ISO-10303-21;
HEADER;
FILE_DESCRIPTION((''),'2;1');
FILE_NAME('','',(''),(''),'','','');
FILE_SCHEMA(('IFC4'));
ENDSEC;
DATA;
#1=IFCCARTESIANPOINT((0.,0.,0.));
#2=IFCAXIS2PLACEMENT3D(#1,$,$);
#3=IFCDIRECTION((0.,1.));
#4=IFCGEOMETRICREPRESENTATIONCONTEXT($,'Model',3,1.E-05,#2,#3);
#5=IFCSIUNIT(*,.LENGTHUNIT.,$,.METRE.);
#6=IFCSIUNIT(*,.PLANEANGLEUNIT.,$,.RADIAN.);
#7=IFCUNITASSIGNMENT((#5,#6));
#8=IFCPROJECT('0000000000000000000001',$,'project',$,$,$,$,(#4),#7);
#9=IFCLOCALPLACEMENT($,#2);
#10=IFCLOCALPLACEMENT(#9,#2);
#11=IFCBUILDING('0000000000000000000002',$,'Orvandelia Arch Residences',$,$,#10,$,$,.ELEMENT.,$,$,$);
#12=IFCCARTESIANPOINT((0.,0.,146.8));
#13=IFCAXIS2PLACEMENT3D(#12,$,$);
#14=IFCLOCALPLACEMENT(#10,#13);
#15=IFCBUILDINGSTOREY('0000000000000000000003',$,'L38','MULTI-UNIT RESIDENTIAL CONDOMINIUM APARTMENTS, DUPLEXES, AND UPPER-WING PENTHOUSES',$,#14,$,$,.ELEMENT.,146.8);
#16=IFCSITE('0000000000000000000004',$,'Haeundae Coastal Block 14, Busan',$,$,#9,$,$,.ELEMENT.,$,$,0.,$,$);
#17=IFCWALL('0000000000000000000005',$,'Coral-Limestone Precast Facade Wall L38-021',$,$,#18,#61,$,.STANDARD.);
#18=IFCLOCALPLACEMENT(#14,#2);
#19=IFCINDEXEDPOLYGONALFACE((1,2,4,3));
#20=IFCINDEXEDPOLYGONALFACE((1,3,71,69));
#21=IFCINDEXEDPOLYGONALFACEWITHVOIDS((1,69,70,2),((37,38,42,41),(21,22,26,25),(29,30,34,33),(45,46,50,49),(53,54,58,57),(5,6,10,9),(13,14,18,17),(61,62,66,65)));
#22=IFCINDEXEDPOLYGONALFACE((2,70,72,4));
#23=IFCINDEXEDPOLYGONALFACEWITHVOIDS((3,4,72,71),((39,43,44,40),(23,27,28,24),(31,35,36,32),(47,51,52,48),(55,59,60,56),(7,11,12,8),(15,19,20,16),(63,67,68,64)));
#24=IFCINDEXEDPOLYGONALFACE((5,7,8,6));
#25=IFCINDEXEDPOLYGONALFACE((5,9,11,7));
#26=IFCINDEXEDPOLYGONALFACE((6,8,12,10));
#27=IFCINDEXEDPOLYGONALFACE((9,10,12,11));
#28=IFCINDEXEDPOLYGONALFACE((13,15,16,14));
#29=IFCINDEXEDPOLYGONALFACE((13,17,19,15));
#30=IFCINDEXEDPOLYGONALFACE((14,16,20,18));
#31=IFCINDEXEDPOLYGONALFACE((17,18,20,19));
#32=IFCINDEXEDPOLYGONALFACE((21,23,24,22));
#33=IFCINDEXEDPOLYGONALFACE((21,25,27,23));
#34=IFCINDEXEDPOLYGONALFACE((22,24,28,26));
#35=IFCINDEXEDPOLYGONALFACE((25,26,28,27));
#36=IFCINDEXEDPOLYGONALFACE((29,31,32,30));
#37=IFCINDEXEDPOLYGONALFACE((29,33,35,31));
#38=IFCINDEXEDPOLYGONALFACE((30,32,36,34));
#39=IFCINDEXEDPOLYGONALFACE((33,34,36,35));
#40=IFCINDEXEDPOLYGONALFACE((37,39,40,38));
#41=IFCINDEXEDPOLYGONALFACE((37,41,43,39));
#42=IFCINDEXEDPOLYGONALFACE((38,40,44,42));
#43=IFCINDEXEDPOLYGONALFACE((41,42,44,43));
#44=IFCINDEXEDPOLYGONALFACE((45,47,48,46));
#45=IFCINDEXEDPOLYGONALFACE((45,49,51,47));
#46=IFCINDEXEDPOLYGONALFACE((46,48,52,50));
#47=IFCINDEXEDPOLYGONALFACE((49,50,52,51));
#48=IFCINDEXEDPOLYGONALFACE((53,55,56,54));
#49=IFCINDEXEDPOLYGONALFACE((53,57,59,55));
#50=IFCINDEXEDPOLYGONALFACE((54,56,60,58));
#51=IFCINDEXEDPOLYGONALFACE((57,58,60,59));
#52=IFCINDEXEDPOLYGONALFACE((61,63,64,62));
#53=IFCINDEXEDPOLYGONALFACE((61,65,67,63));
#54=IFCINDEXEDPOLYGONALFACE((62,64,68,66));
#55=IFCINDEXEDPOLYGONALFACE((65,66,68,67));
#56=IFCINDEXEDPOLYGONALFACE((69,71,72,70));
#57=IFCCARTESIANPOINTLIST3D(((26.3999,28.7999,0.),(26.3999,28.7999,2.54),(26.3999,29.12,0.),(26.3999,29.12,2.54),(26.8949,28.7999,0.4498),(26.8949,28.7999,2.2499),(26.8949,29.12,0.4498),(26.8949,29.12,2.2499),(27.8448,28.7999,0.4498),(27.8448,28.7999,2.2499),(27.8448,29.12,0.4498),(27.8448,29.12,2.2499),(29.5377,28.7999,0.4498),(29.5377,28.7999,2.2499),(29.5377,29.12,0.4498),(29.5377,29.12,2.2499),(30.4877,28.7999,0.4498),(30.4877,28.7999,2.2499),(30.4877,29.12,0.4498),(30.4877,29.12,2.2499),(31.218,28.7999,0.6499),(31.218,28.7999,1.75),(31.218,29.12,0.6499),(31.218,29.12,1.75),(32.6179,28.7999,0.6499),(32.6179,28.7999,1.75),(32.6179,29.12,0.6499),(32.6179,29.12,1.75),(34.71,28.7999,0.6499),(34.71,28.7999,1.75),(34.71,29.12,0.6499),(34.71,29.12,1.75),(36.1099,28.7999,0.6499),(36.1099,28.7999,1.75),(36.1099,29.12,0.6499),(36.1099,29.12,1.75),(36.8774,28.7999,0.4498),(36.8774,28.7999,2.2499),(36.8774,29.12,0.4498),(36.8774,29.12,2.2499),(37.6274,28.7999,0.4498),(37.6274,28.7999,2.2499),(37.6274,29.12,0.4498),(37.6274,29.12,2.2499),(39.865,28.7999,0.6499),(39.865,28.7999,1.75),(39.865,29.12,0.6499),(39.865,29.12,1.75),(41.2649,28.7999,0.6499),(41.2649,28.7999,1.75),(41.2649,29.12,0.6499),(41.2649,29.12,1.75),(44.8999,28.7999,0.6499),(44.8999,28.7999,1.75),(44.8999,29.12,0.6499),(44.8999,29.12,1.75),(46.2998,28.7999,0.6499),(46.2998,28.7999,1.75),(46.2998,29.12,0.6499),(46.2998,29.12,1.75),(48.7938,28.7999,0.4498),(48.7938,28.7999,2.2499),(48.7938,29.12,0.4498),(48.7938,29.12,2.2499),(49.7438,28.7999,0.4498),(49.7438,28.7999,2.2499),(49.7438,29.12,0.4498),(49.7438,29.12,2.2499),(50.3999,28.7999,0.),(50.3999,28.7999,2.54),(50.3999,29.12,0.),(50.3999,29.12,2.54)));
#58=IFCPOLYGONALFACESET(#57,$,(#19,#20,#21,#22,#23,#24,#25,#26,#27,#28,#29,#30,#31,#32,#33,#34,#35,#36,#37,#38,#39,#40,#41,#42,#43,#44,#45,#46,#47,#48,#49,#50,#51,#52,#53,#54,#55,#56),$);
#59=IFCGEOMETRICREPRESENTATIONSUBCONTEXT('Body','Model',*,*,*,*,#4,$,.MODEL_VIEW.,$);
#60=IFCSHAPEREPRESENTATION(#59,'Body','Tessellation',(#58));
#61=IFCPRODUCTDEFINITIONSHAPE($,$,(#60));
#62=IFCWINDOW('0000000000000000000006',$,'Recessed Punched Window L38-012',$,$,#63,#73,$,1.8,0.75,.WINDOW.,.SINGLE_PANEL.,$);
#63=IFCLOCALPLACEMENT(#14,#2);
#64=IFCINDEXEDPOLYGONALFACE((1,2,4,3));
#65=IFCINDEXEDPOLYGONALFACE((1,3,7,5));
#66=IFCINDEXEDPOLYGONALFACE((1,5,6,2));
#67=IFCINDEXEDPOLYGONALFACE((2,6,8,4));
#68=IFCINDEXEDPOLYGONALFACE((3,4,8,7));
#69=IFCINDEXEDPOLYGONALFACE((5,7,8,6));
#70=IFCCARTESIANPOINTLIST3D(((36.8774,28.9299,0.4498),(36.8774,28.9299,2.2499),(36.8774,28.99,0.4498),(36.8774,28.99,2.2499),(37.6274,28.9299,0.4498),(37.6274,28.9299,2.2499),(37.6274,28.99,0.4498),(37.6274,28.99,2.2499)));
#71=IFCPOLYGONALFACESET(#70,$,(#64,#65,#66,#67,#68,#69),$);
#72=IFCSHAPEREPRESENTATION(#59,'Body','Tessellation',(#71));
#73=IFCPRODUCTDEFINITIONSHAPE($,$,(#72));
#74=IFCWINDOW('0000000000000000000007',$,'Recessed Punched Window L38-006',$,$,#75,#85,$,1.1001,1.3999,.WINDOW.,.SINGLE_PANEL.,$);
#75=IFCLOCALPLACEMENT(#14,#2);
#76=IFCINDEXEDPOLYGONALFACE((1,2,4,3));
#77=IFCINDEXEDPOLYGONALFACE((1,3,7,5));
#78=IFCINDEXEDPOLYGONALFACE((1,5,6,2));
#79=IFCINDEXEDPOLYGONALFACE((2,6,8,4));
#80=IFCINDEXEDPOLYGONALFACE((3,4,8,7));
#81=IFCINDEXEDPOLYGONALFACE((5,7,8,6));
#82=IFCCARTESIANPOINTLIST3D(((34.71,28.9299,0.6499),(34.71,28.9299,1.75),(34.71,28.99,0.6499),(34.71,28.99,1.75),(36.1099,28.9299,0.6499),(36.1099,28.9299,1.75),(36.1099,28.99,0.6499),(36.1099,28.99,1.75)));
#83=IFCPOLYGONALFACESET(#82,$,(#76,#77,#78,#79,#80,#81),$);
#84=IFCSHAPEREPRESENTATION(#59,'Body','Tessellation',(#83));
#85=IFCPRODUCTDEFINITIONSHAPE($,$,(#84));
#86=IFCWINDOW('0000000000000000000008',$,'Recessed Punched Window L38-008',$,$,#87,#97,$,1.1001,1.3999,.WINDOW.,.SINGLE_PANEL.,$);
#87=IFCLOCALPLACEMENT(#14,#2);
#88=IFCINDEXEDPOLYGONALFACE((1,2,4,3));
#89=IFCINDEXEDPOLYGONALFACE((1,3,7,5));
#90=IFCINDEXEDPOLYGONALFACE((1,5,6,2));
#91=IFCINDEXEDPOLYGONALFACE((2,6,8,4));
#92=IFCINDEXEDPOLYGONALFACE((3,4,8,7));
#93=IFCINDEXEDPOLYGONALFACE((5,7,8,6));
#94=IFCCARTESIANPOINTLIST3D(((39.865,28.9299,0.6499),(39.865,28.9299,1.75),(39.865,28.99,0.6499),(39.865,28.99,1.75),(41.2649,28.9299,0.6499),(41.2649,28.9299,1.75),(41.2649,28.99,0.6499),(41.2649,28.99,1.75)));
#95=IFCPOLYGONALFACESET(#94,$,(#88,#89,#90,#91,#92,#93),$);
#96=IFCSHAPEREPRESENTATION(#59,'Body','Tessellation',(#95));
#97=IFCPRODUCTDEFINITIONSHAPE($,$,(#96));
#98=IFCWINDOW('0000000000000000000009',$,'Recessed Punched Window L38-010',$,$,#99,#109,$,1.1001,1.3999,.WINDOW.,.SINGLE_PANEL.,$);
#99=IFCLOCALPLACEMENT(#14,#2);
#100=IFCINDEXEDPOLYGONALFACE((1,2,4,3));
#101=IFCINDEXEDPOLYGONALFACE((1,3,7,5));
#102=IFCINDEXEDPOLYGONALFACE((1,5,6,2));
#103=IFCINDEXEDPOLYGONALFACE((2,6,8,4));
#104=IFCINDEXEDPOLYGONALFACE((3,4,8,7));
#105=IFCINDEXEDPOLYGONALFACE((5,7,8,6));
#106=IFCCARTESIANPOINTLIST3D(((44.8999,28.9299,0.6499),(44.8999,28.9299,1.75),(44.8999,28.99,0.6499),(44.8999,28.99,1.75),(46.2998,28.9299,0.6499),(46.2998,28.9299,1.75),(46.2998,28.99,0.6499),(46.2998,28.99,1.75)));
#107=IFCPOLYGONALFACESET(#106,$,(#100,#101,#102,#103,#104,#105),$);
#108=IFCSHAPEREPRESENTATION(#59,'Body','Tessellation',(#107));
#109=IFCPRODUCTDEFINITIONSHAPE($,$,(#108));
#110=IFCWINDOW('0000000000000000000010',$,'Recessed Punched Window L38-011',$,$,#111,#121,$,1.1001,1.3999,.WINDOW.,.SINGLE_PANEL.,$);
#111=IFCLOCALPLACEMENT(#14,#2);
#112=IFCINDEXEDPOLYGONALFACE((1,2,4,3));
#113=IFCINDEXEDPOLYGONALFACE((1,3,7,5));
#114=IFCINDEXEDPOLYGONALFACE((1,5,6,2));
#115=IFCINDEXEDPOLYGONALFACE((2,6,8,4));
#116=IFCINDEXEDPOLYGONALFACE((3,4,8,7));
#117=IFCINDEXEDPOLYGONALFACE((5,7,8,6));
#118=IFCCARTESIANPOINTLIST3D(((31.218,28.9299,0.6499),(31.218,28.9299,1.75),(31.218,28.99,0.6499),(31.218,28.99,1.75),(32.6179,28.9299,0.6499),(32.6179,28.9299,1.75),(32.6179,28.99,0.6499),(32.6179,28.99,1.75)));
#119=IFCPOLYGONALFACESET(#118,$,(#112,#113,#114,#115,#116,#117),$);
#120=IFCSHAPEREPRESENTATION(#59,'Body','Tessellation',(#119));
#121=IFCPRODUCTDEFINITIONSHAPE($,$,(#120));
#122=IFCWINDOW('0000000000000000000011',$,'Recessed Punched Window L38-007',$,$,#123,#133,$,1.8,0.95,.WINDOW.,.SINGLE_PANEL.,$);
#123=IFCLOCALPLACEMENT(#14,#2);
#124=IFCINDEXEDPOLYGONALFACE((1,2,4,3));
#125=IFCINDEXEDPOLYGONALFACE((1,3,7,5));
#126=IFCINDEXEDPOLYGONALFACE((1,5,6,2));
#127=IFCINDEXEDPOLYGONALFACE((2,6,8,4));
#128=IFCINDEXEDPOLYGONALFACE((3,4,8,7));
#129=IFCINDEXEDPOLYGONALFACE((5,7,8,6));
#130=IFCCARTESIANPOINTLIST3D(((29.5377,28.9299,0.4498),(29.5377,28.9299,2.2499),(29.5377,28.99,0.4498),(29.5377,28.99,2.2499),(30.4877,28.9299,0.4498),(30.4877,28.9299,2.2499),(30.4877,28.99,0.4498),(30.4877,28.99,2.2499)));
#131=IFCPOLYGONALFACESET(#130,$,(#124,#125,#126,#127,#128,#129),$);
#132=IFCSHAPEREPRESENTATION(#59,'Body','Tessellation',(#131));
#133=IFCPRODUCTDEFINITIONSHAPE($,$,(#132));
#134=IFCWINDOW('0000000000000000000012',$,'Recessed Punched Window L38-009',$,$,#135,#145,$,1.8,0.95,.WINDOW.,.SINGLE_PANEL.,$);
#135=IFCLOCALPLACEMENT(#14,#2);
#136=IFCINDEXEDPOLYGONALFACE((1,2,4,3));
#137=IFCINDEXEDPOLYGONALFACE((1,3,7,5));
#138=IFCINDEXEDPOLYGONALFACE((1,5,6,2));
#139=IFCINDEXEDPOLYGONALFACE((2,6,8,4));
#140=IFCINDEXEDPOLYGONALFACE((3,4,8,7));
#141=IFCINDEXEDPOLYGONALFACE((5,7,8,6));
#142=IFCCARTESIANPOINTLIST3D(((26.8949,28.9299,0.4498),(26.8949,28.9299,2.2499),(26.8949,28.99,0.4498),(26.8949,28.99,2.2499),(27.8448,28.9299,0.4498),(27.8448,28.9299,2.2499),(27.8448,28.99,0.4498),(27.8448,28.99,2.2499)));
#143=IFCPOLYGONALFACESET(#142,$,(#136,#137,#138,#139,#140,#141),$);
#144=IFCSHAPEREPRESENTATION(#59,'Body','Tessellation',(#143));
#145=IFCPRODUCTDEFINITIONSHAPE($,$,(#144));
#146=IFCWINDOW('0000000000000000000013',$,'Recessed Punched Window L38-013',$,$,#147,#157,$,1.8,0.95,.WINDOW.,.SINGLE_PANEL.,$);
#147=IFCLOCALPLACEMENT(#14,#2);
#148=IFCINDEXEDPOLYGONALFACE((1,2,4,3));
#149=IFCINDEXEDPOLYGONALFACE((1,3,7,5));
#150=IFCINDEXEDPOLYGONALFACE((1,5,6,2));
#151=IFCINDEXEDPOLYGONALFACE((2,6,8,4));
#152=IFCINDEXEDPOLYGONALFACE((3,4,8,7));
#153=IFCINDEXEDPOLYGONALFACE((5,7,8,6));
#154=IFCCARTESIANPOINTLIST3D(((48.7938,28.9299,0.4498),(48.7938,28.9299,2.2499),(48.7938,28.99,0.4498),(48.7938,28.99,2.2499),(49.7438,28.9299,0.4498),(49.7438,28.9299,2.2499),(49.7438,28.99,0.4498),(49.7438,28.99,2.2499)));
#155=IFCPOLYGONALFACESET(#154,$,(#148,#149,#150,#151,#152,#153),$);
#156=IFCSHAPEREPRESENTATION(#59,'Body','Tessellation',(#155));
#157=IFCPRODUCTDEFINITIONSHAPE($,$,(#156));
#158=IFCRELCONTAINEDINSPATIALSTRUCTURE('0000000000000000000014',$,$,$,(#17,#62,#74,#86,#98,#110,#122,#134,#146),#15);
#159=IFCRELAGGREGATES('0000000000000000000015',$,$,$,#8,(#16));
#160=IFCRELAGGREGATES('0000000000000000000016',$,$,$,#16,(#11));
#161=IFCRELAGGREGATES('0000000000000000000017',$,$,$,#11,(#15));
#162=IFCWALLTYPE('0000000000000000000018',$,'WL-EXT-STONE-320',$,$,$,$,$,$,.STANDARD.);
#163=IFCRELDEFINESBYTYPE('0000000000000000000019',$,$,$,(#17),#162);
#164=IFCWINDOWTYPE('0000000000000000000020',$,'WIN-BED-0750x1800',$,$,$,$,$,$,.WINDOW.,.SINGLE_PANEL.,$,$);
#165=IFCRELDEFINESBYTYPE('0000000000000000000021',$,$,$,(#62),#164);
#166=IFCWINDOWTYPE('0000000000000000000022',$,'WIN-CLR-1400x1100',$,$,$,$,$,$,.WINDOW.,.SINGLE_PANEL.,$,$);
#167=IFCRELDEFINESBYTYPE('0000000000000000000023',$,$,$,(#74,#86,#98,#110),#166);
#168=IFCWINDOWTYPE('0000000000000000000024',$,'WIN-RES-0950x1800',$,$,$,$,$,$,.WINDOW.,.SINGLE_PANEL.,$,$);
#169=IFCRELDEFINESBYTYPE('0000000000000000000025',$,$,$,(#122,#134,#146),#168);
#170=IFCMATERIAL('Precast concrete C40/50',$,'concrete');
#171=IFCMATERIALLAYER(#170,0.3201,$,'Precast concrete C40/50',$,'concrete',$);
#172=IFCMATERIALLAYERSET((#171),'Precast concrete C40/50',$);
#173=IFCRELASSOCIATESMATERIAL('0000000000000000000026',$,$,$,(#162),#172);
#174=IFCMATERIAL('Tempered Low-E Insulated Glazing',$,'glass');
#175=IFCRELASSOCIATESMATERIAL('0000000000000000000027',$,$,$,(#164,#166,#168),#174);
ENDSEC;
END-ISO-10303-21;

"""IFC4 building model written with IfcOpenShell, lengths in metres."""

from ifc_helpers import new_model, si_unit, direction, frame, frame_2d, origin, place, context, subcontext, project, spatial, rectangle, extrude, material, layer, layer_set, type_object, element, fill, save


model = new_model("IFC4")

# Units and contexts
model_context = context("Model", 3, precision=1e-05, world=origin(), true_north=direction((0.0, 1.0)))
body_context = subcontext(model_context, "Body", "Model", "MODEL_VIEW")
ifc_project = project(units=[si_unit("LENGTHUNIT", "METRE"), si_unit("PLANEANGLEUNIT", "RADIAN")], contexts=[model_context])

# Site, building, storey
site_placement = place(None, origin())
site = spatial("IfcSite", under=ifc_project, at=site_placement, Name="Haeundae Coastal Block 14, Busan", CompositionType="ELEMENT", RefElevation=0.0)
building_placement = place(site_placement, origin())
building = spatial("IfcBuilding", under=site, at=building_placement, Name="Orvandelia Arch Residences", CompositionType="ELEMENT")
storey_placement = place(building_placement, frame((0.0, 0.0, 146.8)))
storey = spatial("IfcBuildingStorey", under=building, at=storey_placement, Name="L38", Description="MULTI-UNIT RESIDENTIAL CONDOMINIUM APARTMENTS, DUPLEXES, AND UPPER-WING PENTHOUSES", CompositionType="ELEMENT", Elevation=146.8)

# Shared definitions
ifc_material_1 = material(Name="Precast concrete C40/50", Category="concrete")
ifc_layer = layer(ifc_material_1, 0.3201, Name="Precast concrete C40/50", Category="concrete")
ifc_layer_set = layer_set([ifc_layer], Name="Precast concrete C40/50")
wall_type = type_object("IfcWallType", Name="WL-EXT-STONE-320", PredefinedType="STANDARD", material=ifc_layer_set)

# Wall, openings, windows
wall_1_placement = place(storey_placement, frame((50.3999, 28.96, 0.0), z_axis=(0.0, 0.0, 1.0), x_axis=(-1.0, 0.0, 0.0)))
wall_1 = element("IfcWall", 1, at=wall_1_placement, inside=storey, type_object=wall_type, Name="Coral-Limestone Precast Facade Wall L38-021", PredefinedType="STANDARD", context=body_context, shape_type="SweptSolid", body=[
    extrude(rectangle(XDim=24.0, YDim=0.3201, at=frame_2d((12.0, 0.0))), origin(), (0.0, 0.0, 1.0), 2.54),
])
opening_1_placement = place(wall_1_placement, frame((14.29, 0.0, 0.6499)))
opening_1 = element("IfcOpeningElement", 2, at=opening_1_placement, cuts=wall_1, PredefinedType="OPENING", context=body_context, shape_type="SweptSolid", body=[
    extrude(rectangle(XDim=1.3999, YDim=1.1001, at=frame_2d((0.7, 0.55))), frame((0.0, 0.1699, 0.0), z_axis=(0.0, -1.0, 0.0), x_axis=(1.0, 0.0, 0.0)), (0.0, 0.0, 1.0), 0.3401),
])
opening_2_placement = place(wall_1_placement, frame((19.9121, 0.0, 0.45)))
opening_2 = element("IfcOpeningElement", 3, at=opening_2_placement, cuts=wall_1, PredefinedType="OPENING", context=body_context, shape_type="SweptSolid", body=[
    extrude(rectangle(XDim=0.95, YDim=1.8, at=frame_2d((0.4751, 0.8999))), frame((0.0, 0.1699, 0.0), z_axis=(0.0, -1.0, 0.0), x_axis=(1.0, 0.0, 0.0)), (0.0, 0.0, 1.0), 0.3401),
])
opening_3_placement = place(wall_1_placement, frame((9.135, 0.0, 0.6499)))
opening_3 = element("IfcOpeningElement", 4, at=opening_3_placement, cuts=wall_1, PredefinedType="OPENING", context=body_context, shape_type="SweptSolid", body=[
    extrude(rectangle(XDim=1.3999, YDim=1.1001, at=frame_2d((0.7, 0.55))), frame((0.0, 0.1699, 0.0), z_axis=(0.0, -1.0, 0.0), x_axis=(1.0, 0.0, 0.0)), (0.0, 0.0, 1.0), 0.3401),
])
opening_4_placement = place(wall_1_placement, frame((22.5549, 0.0, 0.45)))
opening_4 = element("IfcOpeningElement", 5, at=opening_4_placement, cuts=wall_1, PredefinedType="OPENING", context=body_context, shape_type="SweptSolid", body=[
    extrude(rectangle(XDim=0.95, YDim=1.8, at=frame_2d((0.4751, 0.8999))), frame((0.0, 0.1699, 0.0), z_axis=(0.0, -1.0, 0.0), x_axis=(1.0, 0.0, 0.0)), (0.0, 0.0, 1.0), 0.3401),
])
opening_5_placement = place(wall_1_placement, frame((4.1001, 0.0, 0.6499)))
opening_5 = element("IfcOpeningElement", 6, at=opening_5_placement, cuts=wall_1, PredefinedType="OPENING", context=body_context, shape_type="SweptSolid", body=[
    extrude(rectangle(XDim=1.3999, YDim=1.1001, at=frame_2d((0.7, 0.55))), frame((0.0, 0.1699, 0.0), z_axis=(0.0, -1.0, 0.0), x_axis=(1.0, 0.0, 0.0)), (0.0, 0.0, 1.0), 0.3401),
])
opening_6_placement = place(wall_1_placement, frame((17.782, 0.0, 0.6499)))
opening_6 = element("IfcOpeningElement", 7, at=opening_6_placement, cuts=wall_1, PredefinedType="OPENING", context=body_context, shape_type="SweptSolid", body=[
    extrude(rectangle(XDim=1.3999, YDim=1.1001, at=frame_2d((0.7, 0.55))), frame((0.0, 0.1699, 0.0), z_axis=(0.0, -1.0, 0.0), x_axis=(1.0, 0.0, 0.0)), (0.0, 0.0, 1.0), 0.3401),
])
opening_7_placement = place(wall_1_placement, frame((12.7725, 0.0, 0.45)))
opening_7 = element("IfcOpeningElement", 8, at=opening_7_placement, cuts=wall_1, PredefinedType="OPENING", context=body_context, shape_type="SweptSolid", body=[
    extrude(rectangle(XDim=0.75, YDim=1.8, at=frame_2d((0.375, 0.8999))), frame((0.0, 0.1699, 0.0), z_axis=(0.0, -1.0, 0.0), x_axis=(1.0, 0.0, 0.0)), (0.0, 0.0, 1.0), 0.3401),
])
opening_8_placement = place(wall_1_placement, frame((0.656, 0.0, 0.45)))
opening_8 = element("IfcOpeningElement", 9, at=opening_8_placement, cuts=wall_1, PredefinedType="OPENING", context=body_context, shape_type="SweptSolid", body=[
    extrude(rectangle(XDim=0.95, YDim=1.8, at=frame_2d((0.4751, 0.8999))), frame((0.0, 0.1699, 0.0), z_axis=(0.0, -1.0, 0.0), x_axis=(1.0, 0.0, 0.0)), (0.0, 0.0, 1.0), 0.3401),
])
ifc_material_2 = material(Name="Tempered Low-E Insulated Glazing", Category="glass")
window_type_1 = type_object("IfcWindowType", Name="WIN-BED-0750x1800", PartitioningType="SINGLE_PANEL", PredefinedType="WINDOW", material=ifc_material_2)
window_1_placement = place(opening_7_placement, origin())
window_1 = element("IfcWindow", 10, at=window_1_placement, inside=storey, type_object=window_type_1, Name="Recessed Punched Window L38-012", OverallHeight=1.8, OverallWidth=0.75, PartitioningType="SINGLE_PANEL", PredefinedType="WINDOW", context=body_context, shape_type="SweptSolid", body=[
    extrude(rectangle(XDim=0.75, YDim=1.8, at=frame_2d((0.375, 0.8999))), frame((0.0, 0.03, 0.0), z_axis=(0.0, -1.0, 0.0), x_axis=(1.0, 0.0, 0.0)), (0.0, 0.0, 1.0), 0.0601),
])
fill(opening_7, window_1)
window_type_2 = type_object("IfcWindowType", Name="WIN-CLR-1400x1100", PartitioningType="SINGLE_PANEL", PredefinedType="WINDOW", material=ifc_material_2)
window_2_placement = place(opening_1_placement, origin())
window_2 = element("IfcWindow", 11, at=window_2_placement, inside=storey, type_object=window_type_2, Name="Recessed Punched Window L38-006", OverallHeight=1.1001, OverallWidth=1.3999, PartitioningType="SINGLE_PANEL", PredefinedType="WINDOW", context=body_context, shape_type="SweptSolid", body=[
    extrude(rectangle(XDim=1.3999, YDim=1.1001, at=frame_2d((0.7, 0.55))), frame((0.0, 0.03, 0.0), z_axis=(0.0, -1.0, 0.0), x_axis=(1.0, 0.0, 0.0)), (0.0, 0.0, 1.0), 0.0601),
])
fill(opening_1, window_2)
window_3_placement = place(opening_3_placement, origin())
window_3 = element("IfcWindow", 12, at=window_3_placement, inside=storey, type_object=window_type_2, Name="Recessed Punched Window L38-008", OverallHeight=1.1001, OverallWidth=1.3999, PartitioningType="SINGLE_PANEL", PredefinedType="WINDOW", context=body_context, shape_type="SweptSolid", body=[
    extrude(rectangle(XDim=1.3999, YDim=1.1001, at=frame_2d((0.7, 0.55))), frame((0.0, 0.03, 0.0), z_axis=(0.0, -1.0, 0.0), x_axis=(1.0, 0.0, 0.0)), (0.0, 0.0, 1.0), 0.0601),
])
fill(opening_3, window_3)
window_4_placement = place(opening_5_placement, origin())
window_4 = element("IfcWindow", 13, at=window_4_placement, inside=storey, type_object=window_type_2, Name="Recessed Punched Window L38-010", OverallHeight=1.1001, OverallWidth=1.3999, PartitioningType="SINGLE_PANEL", PredefinedType="WINDOW", context=body_context, shape_type="SweptSolid", body=[
    extrude(rectangle(XDim=1.3999, YDim=1.1001, at=frame_2d((0.7, 0.55))), frame((0.0, 0.03, 0.0), z_axis=(0.0, -1.0, 0.0), x_axis=(1.0, 0.0, 0.0)), (0.0, 0.0, 1.0), 0.0601),
])
fill(opening_5, window_4)
window_5_placement = place(opening_6_placement, origin())
window_5 = element("IfcWindow", 14, at=window_5_placement, inside=storey, type_object=window_type_2, Name="Recessed Punched Window L38-011", OverallHeight=1.1001, OverallWidth=1.3999, PartitioningType="SINGLE_PANEL", PredefinedType="WINDOW", context=body_context, shape_type="SweptSolid", body=[
    extrude(rectangle(XDim=1.3999, YDim=1.1001, at=frame_2d((0.7, 0.55))), frame((0.0, 0.03, 0.0), z_axis=(0.0, -1.0, 0.0), x_axis=(1.0, 0.0, 0.0)), (0.0, 0.0, 1.0), 0.0601),
])
fill(opening_6, window_5)
window_type_3 = type_object("IfcWindowType", Name="WIN-RES-0950x1800", PartitioningType="SINGLE_PANEL", PredefinedType="WINDOW", material=ifc_material_2)
window_6_placement = place(opening_2_placement, origin())
window_6 = element("IfcWindow", 15, at=window_6_placement, inside=storey, type_object=window_type_3, Name="Recessed Punched Window L38-007", OverallHeight=1.8, OverallWidth=0.95, PartitioningType="SINGLE_PANEL", PredefinedType="WINDOW", context=body_context, shape_type="SweptSolid", body=[
    extrude(rectangle(XDim=0.95, YDim=1.8, at=frame_2d((0.4751, 0.8999))), frame((0.0, 0.03, 0.0), z_axis=(0.0, -1.0, 0.0), x_axis=(1.0, 0.0, 0.0)), (0.0, 0.0, 1.0), 0.0601),
])
fill(opening_2, window_6)
window_7_placement = place(opening_4_placement, origin())
window_7 = element("IfcWindow", 16, at=window_7_placement, inside=storey, type_object=window_type_3, Name="Recessed Punched Window L38-009", OverallHeight=1.8, OverallWidth=0.95, PartitioningType="SINGLE_PANEL", PredefinedType="WINDOW", context=body_context, shape_type="SweptSolid", body=[
    extrude(rectangle(XDim=0.95, YDim=1.8, at=frame_2d((0.4751, 0.8999))), frame((0.0, 0.03, 0.0), z_axis=(0.0, -1.0, 0.0), x_axis=(1.0, 0.0, 0.0)), (0.0, 0.0, 1.0), 0.0601),
])
fill(opening_4, window_7)
window_8_placement = place(opening_8_placement, origin())
window_8 = element("IfcWindow", 17, at=window_8_placement, inside=storey, type_object=window_type_3, Name="Recessed Punched Window L38-013", OverallHeight=1.8, OverallWidth=0.95, PartitioningType="SINGLE_PANEL", PredefinedType="WINDOW", context=body_context, shape_type="SweptSolid", body=[
    extrude(rectangle(XDim=0.95, YDim=1.8, at=frame_2d((0.4751, 0.8999))), frame((0.0, 0.03, 0.0), z_axis=(0.0, -1.0, 0.0), x_axis=(1.0, 0.0, 0.0)), (0.0, 0.0, 1.0), 0.0601),
])
fill(opening_8, window_8)

save(model, "model.ifc")
